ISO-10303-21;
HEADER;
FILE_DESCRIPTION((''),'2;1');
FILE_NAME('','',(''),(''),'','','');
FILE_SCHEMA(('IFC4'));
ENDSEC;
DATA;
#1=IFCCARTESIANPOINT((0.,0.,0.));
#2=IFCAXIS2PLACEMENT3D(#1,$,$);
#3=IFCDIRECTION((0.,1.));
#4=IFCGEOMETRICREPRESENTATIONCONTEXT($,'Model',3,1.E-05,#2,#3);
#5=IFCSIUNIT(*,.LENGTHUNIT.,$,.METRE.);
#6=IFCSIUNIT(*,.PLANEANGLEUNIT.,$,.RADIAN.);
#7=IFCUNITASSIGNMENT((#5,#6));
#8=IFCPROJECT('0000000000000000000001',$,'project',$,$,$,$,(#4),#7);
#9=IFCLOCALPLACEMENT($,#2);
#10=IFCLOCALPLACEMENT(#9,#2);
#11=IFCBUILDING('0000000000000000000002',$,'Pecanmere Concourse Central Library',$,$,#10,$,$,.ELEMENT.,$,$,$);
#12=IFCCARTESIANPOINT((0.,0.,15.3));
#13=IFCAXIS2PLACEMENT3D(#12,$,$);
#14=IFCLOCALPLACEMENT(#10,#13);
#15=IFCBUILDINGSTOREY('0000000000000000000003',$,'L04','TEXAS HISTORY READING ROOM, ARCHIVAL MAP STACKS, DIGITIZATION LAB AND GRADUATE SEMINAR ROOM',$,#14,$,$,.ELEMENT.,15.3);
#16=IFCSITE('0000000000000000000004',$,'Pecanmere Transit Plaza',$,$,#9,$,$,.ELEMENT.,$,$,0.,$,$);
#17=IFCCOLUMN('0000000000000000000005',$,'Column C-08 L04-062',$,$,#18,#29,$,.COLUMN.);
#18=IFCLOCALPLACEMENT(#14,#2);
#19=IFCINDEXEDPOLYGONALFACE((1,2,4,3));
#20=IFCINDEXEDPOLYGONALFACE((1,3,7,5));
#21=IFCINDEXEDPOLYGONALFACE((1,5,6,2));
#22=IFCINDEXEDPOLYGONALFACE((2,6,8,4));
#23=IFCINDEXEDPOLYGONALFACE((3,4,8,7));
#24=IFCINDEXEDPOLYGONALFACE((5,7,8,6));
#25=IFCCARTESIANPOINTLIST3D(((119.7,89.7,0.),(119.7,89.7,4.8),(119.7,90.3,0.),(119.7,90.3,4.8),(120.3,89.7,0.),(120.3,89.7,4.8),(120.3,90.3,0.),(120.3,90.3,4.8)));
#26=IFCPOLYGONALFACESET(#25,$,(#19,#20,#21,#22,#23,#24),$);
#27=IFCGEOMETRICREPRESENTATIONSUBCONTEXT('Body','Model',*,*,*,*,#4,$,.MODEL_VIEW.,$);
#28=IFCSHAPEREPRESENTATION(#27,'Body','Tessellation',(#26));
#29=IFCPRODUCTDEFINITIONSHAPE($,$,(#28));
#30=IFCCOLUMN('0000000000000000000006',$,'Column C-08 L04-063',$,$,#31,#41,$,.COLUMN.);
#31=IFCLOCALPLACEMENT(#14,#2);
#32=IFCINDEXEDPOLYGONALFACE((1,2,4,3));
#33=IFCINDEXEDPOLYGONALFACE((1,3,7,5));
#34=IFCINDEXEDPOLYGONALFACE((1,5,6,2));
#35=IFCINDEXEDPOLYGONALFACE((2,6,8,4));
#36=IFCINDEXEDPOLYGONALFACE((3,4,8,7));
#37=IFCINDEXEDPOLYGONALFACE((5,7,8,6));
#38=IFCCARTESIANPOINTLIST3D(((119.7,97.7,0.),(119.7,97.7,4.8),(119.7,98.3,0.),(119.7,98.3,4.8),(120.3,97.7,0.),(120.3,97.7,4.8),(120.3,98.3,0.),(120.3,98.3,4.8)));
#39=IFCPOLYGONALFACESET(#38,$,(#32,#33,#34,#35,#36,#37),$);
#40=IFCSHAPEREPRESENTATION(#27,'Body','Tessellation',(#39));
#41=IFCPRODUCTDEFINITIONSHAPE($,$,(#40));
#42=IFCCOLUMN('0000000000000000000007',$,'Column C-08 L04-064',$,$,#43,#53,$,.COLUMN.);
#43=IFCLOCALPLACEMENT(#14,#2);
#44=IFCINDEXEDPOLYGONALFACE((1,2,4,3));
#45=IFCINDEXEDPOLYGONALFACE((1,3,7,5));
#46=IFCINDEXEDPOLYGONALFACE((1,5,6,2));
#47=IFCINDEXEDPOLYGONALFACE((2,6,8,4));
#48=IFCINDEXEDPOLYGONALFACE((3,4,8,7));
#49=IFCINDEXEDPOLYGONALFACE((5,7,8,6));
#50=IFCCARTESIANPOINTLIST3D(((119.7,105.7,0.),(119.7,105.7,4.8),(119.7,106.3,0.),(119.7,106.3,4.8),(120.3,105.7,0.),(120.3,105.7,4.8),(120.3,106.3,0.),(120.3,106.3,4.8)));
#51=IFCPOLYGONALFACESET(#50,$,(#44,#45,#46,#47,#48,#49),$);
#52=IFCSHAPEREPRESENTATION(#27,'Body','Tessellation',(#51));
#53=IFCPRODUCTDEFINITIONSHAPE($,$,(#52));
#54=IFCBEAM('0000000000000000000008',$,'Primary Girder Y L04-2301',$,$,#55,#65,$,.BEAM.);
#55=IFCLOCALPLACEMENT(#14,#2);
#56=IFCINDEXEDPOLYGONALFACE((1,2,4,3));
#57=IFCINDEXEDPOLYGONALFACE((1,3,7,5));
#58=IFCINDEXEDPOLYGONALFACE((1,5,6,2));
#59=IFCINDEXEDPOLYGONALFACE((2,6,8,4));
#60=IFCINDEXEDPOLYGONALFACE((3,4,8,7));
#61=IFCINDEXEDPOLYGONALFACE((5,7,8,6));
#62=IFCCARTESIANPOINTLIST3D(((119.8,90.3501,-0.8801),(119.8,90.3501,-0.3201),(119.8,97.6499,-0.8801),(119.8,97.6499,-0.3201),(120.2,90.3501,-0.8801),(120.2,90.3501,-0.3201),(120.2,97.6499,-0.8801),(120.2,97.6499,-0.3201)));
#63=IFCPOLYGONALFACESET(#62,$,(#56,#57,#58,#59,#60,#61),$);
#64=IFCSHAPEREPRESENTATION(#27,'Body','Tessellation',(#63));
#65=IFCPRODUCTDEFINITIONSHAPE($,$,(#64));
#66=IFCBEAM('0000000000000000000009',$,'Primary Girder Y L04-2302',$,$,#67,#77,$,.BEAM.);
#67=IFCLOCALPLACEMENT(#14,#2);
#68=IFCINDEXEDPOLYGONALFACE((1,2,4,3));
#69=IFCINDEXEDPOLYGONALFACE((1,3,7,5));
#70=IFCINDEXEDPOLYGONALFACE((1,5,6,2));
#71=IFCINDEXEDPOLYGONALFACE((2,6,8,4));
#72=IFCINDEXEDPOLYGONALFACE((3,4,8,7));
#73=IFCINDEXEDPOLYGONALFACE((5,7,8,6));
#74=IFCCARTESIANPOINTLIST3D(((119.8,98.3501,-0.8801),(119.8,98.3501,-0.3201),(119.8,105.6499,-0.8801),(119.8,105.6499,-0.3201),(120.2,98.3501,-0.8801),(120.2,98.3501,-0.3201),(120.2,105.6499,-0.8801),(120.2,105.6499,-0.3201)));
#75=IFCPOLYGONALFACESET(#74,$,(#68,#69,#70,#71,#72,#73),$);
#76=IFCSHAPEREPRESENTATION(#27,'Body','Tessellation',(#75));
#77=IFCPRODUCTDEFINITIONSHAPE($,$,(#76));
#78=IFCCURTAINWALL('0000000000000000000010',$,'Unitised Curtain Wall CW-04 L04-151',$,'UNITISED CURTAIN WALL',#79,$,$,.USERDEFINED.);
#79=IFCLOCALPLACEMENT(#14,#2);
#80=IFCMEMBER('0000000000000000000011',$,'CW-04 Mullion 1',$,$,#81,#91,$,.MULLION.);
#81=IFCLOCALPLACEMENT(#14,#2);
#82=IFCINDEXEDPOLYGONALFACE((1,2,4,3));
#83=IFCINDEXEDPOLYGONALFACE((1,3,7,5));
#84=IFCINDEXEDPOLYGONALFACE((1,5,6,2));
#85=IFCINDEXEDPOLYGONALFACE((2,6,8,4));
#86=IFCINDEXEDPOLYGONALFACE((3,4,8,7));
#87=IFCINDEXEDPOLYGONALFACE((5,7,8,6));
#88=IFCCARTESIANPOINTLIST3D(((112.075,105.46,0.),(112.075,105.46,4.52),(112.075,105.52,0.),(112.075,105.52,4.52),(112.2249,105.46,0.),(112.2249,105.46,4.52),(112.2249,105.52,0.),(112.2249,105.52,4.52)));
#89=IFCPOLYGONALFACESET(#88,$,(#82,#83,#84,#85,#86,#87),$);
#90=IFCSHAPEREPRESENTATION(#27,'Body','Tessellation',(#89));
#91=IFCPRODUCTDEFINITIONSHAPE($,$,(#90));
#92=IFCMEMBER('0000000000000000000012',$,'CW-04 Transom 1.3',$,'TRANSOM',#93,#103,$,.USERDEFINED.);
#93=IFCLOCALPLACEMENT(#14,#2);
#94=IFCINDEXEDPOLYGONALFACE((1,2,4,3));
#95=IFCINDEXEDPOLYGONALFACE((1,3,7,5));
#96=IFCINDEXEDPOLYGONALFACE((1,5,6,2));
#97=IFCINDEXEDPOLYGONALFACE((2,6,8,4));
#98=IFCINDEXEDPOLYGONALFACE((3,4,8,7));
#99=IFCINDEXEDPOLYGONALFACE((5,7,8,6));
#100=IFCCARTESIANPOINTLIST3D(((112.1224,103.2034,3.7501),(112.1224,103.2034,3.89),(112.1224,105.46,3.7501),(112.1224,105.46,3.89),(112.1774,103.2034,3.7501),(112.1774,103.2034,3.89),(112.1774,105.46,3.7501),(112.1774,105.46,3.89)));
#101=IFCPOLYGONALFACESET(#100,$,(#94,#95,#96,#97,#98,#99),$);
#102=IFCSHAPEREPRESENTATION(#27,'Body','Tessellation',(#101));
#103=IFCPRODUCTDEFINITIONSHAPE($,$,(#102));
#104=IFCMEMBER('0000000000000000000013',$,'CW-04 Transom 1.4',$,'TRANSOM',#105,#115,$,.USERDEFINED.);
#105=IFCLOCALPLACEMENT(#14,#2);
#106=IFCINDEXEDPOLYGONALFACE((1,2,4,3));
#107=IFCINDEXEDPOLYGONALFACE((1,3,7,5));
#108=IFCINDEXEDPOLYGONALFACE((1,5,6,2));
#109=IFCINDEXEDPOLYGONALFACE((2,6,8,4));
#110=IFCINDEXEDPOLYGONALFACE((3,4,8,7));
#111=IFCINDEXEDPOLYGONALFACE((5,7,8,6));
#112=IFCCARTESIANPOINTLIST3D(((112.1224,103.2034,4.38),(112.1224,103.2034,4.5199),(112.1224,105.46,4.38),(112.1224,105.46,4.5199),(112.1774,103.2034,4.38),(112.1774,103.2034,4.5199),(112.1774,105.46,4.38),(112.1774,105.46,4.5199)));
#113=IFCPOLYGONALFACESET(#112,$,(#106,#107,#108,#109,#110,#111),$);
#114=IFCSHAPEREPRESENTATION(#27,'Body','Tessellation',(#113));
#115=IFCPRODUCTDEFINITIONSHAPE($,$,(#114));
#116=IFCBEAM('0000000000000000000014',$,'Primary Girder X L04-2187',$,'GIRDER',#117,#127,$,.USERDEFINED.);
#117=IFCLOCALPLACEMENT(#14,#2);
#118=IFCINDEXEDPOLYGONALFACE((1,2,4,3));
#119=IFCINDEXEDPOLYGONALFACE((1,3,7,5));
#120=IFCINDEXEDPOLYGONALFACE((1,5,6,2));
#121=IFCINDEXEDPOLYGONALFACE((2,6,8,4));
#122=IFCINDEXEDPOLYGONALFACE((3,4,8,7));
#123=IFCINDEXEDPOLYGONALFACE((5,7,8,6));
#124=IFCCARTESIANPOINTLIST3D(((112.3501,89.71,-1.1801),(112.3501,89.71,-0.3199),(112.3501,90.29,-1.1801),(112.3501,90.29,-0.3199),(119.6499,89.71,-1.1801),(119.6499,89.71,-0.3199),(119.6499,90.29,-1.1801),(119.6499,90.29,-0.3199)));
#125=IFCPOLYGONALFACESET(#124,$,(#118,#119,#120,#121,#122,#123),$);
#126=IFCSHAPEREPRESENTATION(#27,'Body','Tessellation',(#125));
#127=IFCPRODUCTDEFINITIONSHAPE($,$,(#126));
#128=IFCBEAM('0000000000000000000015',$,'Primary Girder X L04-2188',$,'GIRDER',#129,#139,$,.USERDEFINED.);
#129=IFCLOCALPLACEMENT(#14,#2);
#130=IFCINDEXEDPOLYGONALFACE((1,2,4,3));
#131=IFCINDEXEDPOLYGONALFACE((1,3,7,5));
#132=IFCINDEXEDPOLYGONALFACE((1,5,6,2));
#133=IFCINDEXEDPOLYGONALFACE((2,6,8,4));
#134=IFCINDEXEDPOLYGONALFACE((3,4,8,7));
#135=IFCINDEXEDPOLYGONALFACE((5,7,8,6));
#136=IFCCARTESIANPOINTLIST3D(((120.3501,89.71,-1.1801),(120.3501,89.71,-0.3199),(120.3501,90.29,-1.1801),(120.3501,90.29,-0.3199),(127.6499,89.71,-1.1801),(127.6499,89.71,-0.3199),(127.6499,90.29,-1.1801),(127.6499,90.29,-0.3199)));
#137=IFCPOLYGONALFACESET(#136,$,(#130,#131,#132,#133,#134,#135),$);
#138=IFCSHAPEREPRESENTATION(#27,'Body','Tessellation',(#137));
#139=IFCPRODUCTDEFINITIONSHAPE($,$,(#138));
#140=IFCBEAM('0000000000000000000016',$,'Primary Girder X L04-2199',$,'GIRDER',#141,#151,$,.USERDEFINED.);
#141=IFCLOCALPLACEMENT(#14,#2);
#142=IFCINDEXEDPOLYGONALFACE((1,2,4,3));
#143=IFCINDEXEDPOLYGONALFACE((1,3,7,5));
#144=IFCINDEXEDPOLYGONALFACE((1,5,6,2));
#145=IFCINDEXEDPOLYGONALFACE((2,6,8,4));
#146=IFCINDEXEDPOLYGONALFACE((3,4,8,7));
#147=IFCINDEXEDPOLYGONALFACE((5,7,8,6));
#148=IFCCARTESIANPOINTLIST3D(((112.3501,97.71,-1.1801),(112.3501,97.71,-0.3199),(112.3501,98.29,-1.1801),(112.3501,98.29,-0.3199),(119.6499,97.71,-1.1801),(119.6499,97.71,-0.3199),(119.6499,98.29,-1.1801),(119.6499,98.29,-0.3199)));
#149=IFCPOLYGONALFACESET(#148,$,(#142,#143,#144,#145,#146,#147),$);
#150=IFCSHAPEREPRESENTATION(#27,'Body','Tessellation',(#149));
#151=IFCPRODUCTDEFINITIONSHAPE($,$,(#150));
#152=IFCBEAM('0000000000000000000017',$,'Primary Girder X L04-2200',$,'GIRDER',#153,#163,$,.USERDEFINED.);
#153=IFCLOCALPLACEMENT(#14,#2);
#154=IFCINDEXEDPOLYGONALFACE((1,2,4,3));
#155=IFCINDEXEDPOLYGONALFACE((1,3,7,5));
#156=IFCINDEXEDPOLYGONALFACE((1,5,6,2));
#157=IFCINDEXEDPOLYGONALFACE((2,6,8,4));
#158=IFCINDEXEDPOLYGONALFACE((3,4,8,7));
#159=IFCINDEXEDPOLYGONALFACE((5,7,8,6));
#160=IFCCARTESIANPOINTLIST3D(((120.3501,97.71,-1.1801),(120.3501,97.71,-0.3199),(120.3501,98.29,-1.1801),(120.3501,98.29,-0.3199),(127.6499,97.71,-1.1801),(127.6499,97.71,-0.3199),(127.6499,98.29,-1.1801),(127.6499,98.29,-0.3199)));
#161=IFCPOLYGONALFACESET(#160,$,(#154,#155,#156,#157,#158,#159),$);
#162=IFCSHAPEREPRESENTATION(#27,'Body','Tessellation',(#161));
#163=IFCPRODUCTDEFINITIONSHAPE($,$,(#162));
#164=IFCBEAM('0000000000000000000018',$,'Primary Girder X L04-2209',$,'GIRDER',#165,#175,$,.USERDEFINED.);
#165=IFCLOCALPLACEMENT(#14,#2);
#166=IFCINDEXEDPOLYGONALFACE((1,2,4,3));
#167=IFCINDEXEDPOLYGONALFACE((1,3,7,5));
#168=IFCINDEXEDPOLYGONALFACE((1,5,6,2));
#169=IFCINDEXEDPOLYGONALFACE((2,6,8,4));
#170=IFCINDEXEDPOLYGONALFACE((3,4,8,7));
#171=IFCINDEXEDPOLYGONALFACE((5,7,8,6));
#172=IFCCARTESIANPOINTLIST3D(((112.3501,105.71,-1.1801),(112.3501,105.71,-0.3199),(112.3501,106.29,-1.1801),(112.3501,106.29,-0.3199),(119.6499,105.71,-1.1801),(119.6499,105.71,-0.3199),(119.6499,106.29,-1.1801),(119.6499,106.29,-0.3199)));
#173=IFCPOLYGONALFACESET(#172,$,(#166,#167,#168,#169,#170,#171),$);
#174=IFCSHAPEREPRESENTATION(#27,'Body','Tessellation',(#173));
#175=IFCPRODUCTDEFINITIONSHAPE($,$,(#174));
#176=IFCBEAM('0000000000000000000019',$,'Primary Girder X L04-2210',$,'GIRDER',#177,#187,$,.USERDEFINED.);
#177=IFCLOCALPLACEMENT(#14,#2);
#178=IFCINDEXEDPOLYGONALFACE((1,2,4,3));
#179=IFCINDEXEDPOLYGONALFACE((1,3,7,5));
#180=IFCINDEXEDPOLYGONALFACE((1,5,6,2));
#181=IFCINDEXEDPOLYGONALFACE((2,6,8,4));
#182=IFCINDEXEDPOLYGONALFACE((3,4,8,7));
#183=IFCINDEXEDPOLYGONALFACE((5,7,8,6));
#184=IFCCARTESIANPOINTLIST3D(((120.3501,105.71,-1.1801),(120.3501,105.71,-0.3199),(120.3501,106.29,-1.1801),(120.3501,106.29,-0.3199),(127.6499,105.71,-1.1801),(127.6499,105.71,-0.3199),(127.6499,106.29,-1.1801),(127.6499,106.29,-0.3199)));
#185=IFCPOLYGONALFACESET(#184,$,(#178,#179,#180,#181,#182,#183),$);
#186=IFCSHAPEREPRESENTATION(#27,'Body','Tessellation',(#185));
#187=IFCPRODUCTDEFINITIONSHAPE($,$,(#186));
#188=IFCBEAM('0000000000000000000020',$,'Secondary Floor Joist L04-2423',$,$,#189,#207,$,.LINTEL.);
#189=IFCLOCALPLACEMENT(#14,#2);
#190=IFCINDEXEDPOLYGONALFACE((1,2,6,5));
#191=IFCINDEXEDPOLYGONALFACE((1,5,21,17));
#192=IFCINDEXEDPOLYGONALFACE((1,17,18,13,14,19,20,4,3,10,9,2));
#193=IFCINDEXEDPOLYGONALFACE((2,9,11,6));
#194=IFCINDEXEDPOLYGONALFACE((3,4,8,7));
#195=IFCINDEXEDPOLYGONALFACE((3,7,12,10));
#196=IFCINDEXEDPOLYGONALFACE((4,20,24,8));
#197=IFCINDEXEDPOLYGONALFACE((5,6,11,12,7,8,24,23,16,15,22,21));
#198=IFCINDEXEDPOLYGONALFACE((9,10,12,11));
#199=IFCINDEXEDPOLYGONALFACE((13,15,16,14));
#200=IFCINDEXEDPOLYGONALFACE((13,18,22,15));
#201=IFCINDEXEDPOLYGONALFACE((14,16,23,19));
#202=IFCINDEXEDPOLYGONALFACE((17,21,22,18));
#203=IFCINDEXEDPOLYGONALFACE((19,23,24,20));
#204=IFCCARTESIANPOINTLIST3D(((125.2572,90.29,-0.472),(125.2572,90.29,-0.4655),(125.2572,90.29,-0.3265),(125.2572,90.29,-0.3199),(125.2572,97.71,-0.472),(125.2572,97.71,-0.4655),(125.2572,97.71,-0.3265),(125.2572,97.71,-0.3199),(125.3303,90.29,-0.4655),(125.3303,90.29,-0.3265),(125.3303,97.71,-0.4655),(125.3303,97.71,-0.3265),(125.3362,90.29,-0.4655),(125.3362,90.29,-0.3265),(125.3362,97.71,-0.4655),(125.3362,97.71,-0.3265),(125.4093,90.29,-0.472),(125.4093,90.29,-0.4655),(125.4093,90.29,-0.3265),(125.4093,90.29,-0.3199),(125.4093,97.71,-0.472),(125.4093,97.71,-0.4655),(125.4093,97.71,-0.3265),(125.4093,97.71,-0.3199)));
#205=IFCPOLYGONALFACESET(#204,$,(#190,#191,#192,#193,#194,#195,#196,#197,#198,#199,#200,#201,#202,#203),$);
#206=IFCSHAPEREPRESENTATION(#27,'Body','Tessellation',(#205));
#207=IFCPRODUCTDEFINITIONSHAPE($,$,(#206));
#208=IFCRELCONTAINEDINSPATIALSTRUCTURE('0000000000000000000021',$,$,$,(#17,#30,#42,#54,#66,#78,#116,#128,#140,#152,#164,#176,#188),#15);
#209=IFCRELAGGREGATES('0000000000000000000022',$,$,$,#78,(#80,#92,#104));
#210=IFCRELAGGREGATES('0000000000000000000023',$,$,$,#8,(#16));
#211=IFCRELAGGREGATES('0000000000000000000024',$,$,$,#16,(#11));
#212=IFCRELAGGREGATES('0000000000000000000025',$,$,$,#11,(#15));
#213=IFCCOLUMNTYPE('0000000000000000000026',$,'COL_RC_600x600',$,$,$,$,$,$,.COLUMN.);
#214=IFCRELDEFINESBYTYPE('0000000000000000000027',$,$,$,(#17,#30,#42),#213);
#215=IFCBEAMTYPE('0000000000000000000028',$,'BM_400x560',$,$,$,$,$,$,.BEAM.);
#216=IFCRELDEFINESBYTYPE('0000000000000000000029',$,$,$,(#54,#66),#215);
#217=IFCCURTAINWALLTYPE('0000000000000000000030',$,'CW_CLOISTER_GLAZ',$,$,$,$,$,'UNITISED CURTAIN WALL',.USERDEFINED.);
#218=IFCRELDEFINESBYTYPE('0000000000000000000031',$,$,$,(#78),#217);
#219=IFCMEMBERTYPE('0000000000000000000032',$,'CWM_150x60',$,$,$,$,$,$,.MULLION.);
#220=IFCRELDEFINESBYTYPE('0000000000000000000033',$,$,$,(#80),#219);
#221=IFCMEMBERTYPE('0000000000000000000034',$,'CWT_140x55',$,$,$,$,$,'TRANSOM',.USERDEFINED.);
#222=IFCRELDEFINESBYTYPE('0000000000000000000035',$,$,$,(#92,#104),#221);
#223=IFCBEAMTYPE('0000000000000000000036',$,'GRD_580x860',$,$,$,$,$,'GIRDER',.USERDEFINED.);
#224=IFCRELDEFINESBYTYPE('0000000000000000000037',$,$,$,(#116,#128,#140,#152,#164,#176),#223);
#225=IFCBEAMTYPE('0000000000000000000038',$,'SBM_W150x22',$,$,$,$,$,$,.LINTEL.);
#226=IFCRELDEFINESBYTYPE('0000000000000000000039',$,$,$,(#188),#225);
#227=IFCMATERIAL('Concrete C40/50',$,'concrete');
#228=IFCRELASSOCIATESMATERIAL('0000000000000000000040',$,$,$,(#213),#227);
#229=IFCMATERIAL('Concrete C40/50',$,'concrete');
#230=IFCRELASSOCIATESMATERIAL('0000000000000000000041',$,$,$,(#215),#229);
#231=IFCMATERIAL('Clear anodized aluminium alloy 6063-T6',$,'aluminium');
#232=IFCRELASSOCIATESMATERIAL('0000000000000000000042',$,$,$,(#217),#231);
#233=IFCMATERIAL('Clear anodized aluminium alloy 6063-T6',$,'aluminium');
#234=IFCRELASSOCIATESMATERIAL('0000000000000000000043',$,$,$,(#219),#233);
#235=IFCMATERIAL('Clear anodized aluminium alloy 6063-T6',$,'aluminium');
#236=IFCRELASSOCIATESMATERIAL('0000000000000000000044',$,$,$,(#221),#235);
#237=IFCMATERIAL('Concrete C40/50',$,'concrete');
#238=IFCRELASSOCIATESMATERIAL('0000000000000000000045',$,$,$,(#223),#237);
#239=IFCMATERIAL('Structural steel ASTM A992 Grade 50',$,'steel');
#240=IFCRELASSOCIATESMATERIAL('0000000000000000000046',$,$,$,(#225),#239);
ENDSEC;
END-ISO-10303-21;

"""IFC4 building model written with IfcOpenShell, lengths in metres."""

from ifc_helpers import new_model, si_unit, direction, frame, origin, origin_2d, place, context, subcontext, project, spatial, rectangle, i_section, extrude, material, material_profile, profile_set, type_object, element, aggregate, save


model = new_model("IFC4")

# Units and contexts
model_context = context("Model", 3, precision=1e-05, world=origin(), true_north=direction((0.0, 1.0)))
body_context = subcontext(model_context, "Body", "Model", "MODEL_VIEW")
ifc_project = project(units=[si_unit("LENGTHUNIT", "METRE"), si_unit("PLANEANGLEUNIT", "RADIAN")], contexts=[model_context])

# Site, building, storey
site_placement = place(None, origin())
site = spatial("IfcSite", under=ifc_project, at=site_placement, Name="Pecanmere Transit Plaza", CompositionType="ELEMENT", RefElevation=0.0)
building_placement = place(site_placement, origin())
building = spatial("IfcBuilding", under=site, at=building_placement, Name="Pecanmere Concourse Central Library", CompositionType="ELEMENT")
storey_placement = place(building_placement, frame((0.0, 0.0, 15.3)))
storey = spatial("IfcBuildingStorey", under=building, at=storey_placement, Name="L04", Description="TEXAS HISTORY READING ROOM, ARCHIVAL MAP STACKS, DIGITIZATION LAB AND GRADUATE SEMINAR ROOM", CompositionType="ELEMENT", Elevation=15.3)

# Columns
ifc_material_1 = material(Name="Concrete C40/50", Category="concrete")
ifc_material_profile_1 = material_profile(ifc_material_1, rectangle(XDim=0.6001, YDim=0.6001, at=origin_2d()), Name="RC 600x600")
ifc_profile_set_1 = profile_set([ifc_material_profile_1], Name="Concrete C40/50")
column_type = type_object("IfcColumnType", Name="COL_RC_600x600", PredefinedType="COLUMN", material=ifc_profile_set_1)
for number, where, z_axis, x_axis, name in (
    (1, (120.0, 90.0, 0.0), (0.0, 0.0, 1.0), (1.0, 0.0, 0.0), "Column C-08 L04-062"),
    (2, (120.0, 98.0, 0.0), (0.0, 0.0, 1.0), (1.0, 0.0, 0.0), "Column C-08 L04-063"),
    (3, (120.0, 106.0, 0.0), (0.0, 0.0, 1.0), (1.0, 0.0, 0.0), "Column C-08 L04-064"),
):
    element("IfcColumn", number, at=place(storey_placement, frame(where, z_axis=z_axis, x_axis=x_axis)), inside=storey, type_object=column_type, Name=name, PredefinedType="COLUMN", context=body_context, shape_type="SweptSolid", body=[
        extrude(rectangle(XDim=0.6001, YDim=0.6001, at=origin_2d()), origin(), (0.0, 0.0, 1.0), 4.8),
    ])

# Beams
ifc_material_2 = material(Name="Concrete C40/50", Category="concrete")
ifc_material_profile_2 = material_profile(ifc_material_2, rectangle(XDim=0.3999, YDim=0.5601, at=origin_2d()), Name="RC 400x560")
ifc_profile_set_2 = profile_set([ifc_material_profile_2], Name="Concrete C40/50")
beam_type_1 = type_object("IfcBeamType", Name="BM_400x560", PredefinedType="BEAM", material=ifc_profile_set_2)
for number, where, z_axis, x_axis, name in (
    (4, (120.0, 90.3501, -0.6001), (0.0, 1.0, 0.0), (-1.0, 0.0, 0.0), "Primary Girder Y L04-2301"),
    (5, (120.0, 98.3501, -0.6001), (0.0, 1.0, 0.0), (-1.0, 0.0, 0.0), "Primary Girder Y L04-2302"),
):
    element("IfcBeam", number, at=place(storey_placement, frame(where, z_axis=z_axis, x_axis=x_axis)), inside=storey, type_object=beam_type_1, Name=name, PredefinedType="BEAM", context=body_context, shape_type="SweptSolid", body=[
        extrude(rectangle(XDim=0.3999, YDim=0.5601, at=origin_2d()), origin(), (0.0, 0.0, 1.0), 7.2998),
    ])

# Curtain wall, members
ifc_material_3 = material(Name="Clear anodized aluminium alloy 6063-T6", Category="aluminium")
curtain_wall_type = type_object("IfcCurtainWallType", Name="CW_CLOISTER_GLAZ", ElementType="UNITISED CURTAIN WALL", PredefinedType="USERDEFINED", material=ifc_material_3)
curtain_wall_placement = place(storey_placement, origin())
curtain_wall = element("IfcCurtainWall", 6, at=curtain_wall_placement, inside=storey, type_object=curtain_wall_type, Name="Unitised Curtain Wall CW-04 L04-151", ObjectType="UNITISED CURTAIN WALL", PredefinedType="USERDEFINED")
ifc_material_4 = material(Name="Clear anodized aluminium alloy 6063-T6", Category="aluminium")
ifc_material_profile_3 = material_profile(ifc_material_4, rectangle(XDim=0.0601, YDim=0.1499, at=origin_2d()), Name="AL 60x150")
ifc_profile_set_3 = profile_set([ifc_material_profile_3], Name="Clear anodized aluminium alloy 6063-T6")
member_type_1 = type_object("IfcMemberType", Name="CWM_150x60", PredefinedType="MULLION", material=ifc_profile_set_3)
member_1_placement = place(storey_placement, frame((112.1499, 105.49, 0.0), z_axis=(0.0, 0.0, 1.0), x_axis=(0.0, -1.0, 0.0)))
member_1 = element("IfcMember", 7, at=member_1_placement, type_object=member_type_1, Name="CW-04 Mullion 1", PredefinedType="MULLION", context=body_context, shape_type="SweptSolid", body=[
    extrude(rectangle(XDim=0.0601, YDim=0.1499, at=origin_2d()), origin(), (0.0, 0.0, 1.0), 4.52),
])
ifc_material_5 = material(Name="Clear anodized aluminium alloy 6063-T6", Category="aluminium")
ifc_material_profile_4 = material_profile(ifc_material_5, rectangle(XDim=0.0549, YDim=0.1399, at=origin_2d()), Name="AL 55x140")
ifc_profile_set_4 = profile_set([ifc_material_profile_4], Name="Clear anodized aluminium alloy 6063-T6")
member_type_2 = type_object("IfcMemberType", Name="CWT_140x55", ElementType="TRANSOM", PredefinedType="USERDEFINED", material=ifc_profile_set_4)
member_2_placement = place(storey_placement, frame((112.1499, 105.46, 3.8201), z_axis=(0.0, -1.0, 0.0), x_axis=(1.0, 0.0, 0.0)))
member_2 = element("IfcMember", 8, at=member_2_placement, type_object=member_type_2, Name="CW-04 Transom 1.3", ObjectType="TRANSOM", PredefinedType="USERDEFINED", context=body_context, shape_type="SweptSolid", body=[
    extrude(rectangle(XDim=0.0549, YDim=0.1399, at=origin_2d()), origin(), (0.0, 0.0, 1.0), 2.2566),
])
member_3_placement = place(storey_placement, frame((112.1499, 105.46, 4.45), z_axis=(0.0, -1.0, 0.0), x_axis=(1.0, 0.0, 0.0)))
member_3 = element("IfcMember", 9, at=member_3_placement, type_object=member_type_2, Name="CW-04 Transom 1.4", ObjectType="TRANSOM", PredefinedType="USERDEFINED", context=body_context, shape_type="SweptSolid", body=[
    extrude(rectangle(XDim=0.0549, YDim=0.1399, at=origin_2d()), origin(), (0.0, 0.0, 1.0), 2.2566),
])
aggregate(curtain_wall, [member_1, member_2, member_3])

# Beams
ifc_material_6 = material(Name="Concrete C40/50", Category="concrete")
ifc_material_profile_5 = material_profile(ifc_material_6, rectangle(XDim=0.5801, YDim=0.8601, at=origin_2d()), Name="RC 580x860")
ifc_profile_set_5 = profile_set([ifc_material_profile_5], Name="Concrete C40/50")
beam_type_2 = type_object("IfcBeamType", Name="GRD_580x860", ElementType="GIRDER", PredefinedType="USERDEFINED", material=ifc_profile_set_5)
for number, where, z_axis, x_axis, name in (
    (10, (112.3501, 90.0, -0.75), (1.0, 0.0, 0.0), (0.0, 1.0, 0.0), "Primary Girder X L04-2187"),
    (11, (120.3501, 90.0, -0.75), (1.0, 0.0, 0.0), (0.0, 1.0, 0.0), "Primary Girder X L04-2188"),
    (12, (112.3501, 98.0, -0.75), (1.0, 0.0, 0.0), (0.0, 1.0, 0.0), "Primary Girder X L04-2199"),
    (13, (120.3501, 98.0, -0.75), (1.0, 0.0, 0.0), (0.0, 1.0, 0.0), "Primary Girder X L04-2200"),
    (14, (112.3501, 106.0, -0.75), (1.0, 0.0, 0.0), (0.0, 1.0, 0.0), "Primary Girder X L04-2209"),
    (15, (120.3501, 106.0, -0.75), (1.0, 0.0, 0.0), (0.0, 1.0, 0.0), "Primary Girder X L04-2210"),
):
    element("IfcBeam", number, at=place(storey_placement, frame(where, z_axis=z_axis, x_axis=x_axis)), inside=storey, type_object=beam_type_2, Name=name, ObjectType="GIRDER", PredefinedType="USERDEFINED", context=body_context, shape_type="SweptSolid", body=[
        extrude(rectangle(XDim=0.5801, YDim=0.8601, at=origin_2d()), origin(), (0.0, 0.0, 1.0), 7.2998),
    ])
ifc_material_7 = material(Name="Structural steel ASTM A992 Grade 50", Category="steel")
ifc_material_profile_6 = material_profile(ifc_material_7, i_section(OverallWidth=0.1521, OverallDepth=0.1521, WebThickness=0.0059, FlangeThickness=0.0066, at=origin_2d()), Name="W150x22.5")
ifc_profile_set_6 = profile_set([ifc_material_profile_6], Name="Structural steel ASTM A992 Grade 50")
beam_type_3 = type_object("IfcBeamType", Name="SBM_W150x22", PredefinedType="LINTEL", material=ifc_profile_set_6)
beam_1_placement = place(storey_placement, frame((125.3333, 90.29, -0.396), z_axis=(0.0, 1.0, 0.0), x_axis=(-1.0, 0.0, 0.0)))
element("IfcBeam", 16, at=beam_1_placement, inside=storey, type_object=beam_type_3, Name="Secondary Floor Joist L04-2423", PredefinedType="LINTEL", context=body_context, shape_type="SweptSolid", body=[
    extrude(i_section(OverallWidth=0.1521, OverallDepth=0.1521, WebThickness=0.0059, FlangeThickness=0.0066, at=origin_2d()), origin(), (0.0, 0.0, 1.0), 7.4199),
])

save(model, "model.ifc")
